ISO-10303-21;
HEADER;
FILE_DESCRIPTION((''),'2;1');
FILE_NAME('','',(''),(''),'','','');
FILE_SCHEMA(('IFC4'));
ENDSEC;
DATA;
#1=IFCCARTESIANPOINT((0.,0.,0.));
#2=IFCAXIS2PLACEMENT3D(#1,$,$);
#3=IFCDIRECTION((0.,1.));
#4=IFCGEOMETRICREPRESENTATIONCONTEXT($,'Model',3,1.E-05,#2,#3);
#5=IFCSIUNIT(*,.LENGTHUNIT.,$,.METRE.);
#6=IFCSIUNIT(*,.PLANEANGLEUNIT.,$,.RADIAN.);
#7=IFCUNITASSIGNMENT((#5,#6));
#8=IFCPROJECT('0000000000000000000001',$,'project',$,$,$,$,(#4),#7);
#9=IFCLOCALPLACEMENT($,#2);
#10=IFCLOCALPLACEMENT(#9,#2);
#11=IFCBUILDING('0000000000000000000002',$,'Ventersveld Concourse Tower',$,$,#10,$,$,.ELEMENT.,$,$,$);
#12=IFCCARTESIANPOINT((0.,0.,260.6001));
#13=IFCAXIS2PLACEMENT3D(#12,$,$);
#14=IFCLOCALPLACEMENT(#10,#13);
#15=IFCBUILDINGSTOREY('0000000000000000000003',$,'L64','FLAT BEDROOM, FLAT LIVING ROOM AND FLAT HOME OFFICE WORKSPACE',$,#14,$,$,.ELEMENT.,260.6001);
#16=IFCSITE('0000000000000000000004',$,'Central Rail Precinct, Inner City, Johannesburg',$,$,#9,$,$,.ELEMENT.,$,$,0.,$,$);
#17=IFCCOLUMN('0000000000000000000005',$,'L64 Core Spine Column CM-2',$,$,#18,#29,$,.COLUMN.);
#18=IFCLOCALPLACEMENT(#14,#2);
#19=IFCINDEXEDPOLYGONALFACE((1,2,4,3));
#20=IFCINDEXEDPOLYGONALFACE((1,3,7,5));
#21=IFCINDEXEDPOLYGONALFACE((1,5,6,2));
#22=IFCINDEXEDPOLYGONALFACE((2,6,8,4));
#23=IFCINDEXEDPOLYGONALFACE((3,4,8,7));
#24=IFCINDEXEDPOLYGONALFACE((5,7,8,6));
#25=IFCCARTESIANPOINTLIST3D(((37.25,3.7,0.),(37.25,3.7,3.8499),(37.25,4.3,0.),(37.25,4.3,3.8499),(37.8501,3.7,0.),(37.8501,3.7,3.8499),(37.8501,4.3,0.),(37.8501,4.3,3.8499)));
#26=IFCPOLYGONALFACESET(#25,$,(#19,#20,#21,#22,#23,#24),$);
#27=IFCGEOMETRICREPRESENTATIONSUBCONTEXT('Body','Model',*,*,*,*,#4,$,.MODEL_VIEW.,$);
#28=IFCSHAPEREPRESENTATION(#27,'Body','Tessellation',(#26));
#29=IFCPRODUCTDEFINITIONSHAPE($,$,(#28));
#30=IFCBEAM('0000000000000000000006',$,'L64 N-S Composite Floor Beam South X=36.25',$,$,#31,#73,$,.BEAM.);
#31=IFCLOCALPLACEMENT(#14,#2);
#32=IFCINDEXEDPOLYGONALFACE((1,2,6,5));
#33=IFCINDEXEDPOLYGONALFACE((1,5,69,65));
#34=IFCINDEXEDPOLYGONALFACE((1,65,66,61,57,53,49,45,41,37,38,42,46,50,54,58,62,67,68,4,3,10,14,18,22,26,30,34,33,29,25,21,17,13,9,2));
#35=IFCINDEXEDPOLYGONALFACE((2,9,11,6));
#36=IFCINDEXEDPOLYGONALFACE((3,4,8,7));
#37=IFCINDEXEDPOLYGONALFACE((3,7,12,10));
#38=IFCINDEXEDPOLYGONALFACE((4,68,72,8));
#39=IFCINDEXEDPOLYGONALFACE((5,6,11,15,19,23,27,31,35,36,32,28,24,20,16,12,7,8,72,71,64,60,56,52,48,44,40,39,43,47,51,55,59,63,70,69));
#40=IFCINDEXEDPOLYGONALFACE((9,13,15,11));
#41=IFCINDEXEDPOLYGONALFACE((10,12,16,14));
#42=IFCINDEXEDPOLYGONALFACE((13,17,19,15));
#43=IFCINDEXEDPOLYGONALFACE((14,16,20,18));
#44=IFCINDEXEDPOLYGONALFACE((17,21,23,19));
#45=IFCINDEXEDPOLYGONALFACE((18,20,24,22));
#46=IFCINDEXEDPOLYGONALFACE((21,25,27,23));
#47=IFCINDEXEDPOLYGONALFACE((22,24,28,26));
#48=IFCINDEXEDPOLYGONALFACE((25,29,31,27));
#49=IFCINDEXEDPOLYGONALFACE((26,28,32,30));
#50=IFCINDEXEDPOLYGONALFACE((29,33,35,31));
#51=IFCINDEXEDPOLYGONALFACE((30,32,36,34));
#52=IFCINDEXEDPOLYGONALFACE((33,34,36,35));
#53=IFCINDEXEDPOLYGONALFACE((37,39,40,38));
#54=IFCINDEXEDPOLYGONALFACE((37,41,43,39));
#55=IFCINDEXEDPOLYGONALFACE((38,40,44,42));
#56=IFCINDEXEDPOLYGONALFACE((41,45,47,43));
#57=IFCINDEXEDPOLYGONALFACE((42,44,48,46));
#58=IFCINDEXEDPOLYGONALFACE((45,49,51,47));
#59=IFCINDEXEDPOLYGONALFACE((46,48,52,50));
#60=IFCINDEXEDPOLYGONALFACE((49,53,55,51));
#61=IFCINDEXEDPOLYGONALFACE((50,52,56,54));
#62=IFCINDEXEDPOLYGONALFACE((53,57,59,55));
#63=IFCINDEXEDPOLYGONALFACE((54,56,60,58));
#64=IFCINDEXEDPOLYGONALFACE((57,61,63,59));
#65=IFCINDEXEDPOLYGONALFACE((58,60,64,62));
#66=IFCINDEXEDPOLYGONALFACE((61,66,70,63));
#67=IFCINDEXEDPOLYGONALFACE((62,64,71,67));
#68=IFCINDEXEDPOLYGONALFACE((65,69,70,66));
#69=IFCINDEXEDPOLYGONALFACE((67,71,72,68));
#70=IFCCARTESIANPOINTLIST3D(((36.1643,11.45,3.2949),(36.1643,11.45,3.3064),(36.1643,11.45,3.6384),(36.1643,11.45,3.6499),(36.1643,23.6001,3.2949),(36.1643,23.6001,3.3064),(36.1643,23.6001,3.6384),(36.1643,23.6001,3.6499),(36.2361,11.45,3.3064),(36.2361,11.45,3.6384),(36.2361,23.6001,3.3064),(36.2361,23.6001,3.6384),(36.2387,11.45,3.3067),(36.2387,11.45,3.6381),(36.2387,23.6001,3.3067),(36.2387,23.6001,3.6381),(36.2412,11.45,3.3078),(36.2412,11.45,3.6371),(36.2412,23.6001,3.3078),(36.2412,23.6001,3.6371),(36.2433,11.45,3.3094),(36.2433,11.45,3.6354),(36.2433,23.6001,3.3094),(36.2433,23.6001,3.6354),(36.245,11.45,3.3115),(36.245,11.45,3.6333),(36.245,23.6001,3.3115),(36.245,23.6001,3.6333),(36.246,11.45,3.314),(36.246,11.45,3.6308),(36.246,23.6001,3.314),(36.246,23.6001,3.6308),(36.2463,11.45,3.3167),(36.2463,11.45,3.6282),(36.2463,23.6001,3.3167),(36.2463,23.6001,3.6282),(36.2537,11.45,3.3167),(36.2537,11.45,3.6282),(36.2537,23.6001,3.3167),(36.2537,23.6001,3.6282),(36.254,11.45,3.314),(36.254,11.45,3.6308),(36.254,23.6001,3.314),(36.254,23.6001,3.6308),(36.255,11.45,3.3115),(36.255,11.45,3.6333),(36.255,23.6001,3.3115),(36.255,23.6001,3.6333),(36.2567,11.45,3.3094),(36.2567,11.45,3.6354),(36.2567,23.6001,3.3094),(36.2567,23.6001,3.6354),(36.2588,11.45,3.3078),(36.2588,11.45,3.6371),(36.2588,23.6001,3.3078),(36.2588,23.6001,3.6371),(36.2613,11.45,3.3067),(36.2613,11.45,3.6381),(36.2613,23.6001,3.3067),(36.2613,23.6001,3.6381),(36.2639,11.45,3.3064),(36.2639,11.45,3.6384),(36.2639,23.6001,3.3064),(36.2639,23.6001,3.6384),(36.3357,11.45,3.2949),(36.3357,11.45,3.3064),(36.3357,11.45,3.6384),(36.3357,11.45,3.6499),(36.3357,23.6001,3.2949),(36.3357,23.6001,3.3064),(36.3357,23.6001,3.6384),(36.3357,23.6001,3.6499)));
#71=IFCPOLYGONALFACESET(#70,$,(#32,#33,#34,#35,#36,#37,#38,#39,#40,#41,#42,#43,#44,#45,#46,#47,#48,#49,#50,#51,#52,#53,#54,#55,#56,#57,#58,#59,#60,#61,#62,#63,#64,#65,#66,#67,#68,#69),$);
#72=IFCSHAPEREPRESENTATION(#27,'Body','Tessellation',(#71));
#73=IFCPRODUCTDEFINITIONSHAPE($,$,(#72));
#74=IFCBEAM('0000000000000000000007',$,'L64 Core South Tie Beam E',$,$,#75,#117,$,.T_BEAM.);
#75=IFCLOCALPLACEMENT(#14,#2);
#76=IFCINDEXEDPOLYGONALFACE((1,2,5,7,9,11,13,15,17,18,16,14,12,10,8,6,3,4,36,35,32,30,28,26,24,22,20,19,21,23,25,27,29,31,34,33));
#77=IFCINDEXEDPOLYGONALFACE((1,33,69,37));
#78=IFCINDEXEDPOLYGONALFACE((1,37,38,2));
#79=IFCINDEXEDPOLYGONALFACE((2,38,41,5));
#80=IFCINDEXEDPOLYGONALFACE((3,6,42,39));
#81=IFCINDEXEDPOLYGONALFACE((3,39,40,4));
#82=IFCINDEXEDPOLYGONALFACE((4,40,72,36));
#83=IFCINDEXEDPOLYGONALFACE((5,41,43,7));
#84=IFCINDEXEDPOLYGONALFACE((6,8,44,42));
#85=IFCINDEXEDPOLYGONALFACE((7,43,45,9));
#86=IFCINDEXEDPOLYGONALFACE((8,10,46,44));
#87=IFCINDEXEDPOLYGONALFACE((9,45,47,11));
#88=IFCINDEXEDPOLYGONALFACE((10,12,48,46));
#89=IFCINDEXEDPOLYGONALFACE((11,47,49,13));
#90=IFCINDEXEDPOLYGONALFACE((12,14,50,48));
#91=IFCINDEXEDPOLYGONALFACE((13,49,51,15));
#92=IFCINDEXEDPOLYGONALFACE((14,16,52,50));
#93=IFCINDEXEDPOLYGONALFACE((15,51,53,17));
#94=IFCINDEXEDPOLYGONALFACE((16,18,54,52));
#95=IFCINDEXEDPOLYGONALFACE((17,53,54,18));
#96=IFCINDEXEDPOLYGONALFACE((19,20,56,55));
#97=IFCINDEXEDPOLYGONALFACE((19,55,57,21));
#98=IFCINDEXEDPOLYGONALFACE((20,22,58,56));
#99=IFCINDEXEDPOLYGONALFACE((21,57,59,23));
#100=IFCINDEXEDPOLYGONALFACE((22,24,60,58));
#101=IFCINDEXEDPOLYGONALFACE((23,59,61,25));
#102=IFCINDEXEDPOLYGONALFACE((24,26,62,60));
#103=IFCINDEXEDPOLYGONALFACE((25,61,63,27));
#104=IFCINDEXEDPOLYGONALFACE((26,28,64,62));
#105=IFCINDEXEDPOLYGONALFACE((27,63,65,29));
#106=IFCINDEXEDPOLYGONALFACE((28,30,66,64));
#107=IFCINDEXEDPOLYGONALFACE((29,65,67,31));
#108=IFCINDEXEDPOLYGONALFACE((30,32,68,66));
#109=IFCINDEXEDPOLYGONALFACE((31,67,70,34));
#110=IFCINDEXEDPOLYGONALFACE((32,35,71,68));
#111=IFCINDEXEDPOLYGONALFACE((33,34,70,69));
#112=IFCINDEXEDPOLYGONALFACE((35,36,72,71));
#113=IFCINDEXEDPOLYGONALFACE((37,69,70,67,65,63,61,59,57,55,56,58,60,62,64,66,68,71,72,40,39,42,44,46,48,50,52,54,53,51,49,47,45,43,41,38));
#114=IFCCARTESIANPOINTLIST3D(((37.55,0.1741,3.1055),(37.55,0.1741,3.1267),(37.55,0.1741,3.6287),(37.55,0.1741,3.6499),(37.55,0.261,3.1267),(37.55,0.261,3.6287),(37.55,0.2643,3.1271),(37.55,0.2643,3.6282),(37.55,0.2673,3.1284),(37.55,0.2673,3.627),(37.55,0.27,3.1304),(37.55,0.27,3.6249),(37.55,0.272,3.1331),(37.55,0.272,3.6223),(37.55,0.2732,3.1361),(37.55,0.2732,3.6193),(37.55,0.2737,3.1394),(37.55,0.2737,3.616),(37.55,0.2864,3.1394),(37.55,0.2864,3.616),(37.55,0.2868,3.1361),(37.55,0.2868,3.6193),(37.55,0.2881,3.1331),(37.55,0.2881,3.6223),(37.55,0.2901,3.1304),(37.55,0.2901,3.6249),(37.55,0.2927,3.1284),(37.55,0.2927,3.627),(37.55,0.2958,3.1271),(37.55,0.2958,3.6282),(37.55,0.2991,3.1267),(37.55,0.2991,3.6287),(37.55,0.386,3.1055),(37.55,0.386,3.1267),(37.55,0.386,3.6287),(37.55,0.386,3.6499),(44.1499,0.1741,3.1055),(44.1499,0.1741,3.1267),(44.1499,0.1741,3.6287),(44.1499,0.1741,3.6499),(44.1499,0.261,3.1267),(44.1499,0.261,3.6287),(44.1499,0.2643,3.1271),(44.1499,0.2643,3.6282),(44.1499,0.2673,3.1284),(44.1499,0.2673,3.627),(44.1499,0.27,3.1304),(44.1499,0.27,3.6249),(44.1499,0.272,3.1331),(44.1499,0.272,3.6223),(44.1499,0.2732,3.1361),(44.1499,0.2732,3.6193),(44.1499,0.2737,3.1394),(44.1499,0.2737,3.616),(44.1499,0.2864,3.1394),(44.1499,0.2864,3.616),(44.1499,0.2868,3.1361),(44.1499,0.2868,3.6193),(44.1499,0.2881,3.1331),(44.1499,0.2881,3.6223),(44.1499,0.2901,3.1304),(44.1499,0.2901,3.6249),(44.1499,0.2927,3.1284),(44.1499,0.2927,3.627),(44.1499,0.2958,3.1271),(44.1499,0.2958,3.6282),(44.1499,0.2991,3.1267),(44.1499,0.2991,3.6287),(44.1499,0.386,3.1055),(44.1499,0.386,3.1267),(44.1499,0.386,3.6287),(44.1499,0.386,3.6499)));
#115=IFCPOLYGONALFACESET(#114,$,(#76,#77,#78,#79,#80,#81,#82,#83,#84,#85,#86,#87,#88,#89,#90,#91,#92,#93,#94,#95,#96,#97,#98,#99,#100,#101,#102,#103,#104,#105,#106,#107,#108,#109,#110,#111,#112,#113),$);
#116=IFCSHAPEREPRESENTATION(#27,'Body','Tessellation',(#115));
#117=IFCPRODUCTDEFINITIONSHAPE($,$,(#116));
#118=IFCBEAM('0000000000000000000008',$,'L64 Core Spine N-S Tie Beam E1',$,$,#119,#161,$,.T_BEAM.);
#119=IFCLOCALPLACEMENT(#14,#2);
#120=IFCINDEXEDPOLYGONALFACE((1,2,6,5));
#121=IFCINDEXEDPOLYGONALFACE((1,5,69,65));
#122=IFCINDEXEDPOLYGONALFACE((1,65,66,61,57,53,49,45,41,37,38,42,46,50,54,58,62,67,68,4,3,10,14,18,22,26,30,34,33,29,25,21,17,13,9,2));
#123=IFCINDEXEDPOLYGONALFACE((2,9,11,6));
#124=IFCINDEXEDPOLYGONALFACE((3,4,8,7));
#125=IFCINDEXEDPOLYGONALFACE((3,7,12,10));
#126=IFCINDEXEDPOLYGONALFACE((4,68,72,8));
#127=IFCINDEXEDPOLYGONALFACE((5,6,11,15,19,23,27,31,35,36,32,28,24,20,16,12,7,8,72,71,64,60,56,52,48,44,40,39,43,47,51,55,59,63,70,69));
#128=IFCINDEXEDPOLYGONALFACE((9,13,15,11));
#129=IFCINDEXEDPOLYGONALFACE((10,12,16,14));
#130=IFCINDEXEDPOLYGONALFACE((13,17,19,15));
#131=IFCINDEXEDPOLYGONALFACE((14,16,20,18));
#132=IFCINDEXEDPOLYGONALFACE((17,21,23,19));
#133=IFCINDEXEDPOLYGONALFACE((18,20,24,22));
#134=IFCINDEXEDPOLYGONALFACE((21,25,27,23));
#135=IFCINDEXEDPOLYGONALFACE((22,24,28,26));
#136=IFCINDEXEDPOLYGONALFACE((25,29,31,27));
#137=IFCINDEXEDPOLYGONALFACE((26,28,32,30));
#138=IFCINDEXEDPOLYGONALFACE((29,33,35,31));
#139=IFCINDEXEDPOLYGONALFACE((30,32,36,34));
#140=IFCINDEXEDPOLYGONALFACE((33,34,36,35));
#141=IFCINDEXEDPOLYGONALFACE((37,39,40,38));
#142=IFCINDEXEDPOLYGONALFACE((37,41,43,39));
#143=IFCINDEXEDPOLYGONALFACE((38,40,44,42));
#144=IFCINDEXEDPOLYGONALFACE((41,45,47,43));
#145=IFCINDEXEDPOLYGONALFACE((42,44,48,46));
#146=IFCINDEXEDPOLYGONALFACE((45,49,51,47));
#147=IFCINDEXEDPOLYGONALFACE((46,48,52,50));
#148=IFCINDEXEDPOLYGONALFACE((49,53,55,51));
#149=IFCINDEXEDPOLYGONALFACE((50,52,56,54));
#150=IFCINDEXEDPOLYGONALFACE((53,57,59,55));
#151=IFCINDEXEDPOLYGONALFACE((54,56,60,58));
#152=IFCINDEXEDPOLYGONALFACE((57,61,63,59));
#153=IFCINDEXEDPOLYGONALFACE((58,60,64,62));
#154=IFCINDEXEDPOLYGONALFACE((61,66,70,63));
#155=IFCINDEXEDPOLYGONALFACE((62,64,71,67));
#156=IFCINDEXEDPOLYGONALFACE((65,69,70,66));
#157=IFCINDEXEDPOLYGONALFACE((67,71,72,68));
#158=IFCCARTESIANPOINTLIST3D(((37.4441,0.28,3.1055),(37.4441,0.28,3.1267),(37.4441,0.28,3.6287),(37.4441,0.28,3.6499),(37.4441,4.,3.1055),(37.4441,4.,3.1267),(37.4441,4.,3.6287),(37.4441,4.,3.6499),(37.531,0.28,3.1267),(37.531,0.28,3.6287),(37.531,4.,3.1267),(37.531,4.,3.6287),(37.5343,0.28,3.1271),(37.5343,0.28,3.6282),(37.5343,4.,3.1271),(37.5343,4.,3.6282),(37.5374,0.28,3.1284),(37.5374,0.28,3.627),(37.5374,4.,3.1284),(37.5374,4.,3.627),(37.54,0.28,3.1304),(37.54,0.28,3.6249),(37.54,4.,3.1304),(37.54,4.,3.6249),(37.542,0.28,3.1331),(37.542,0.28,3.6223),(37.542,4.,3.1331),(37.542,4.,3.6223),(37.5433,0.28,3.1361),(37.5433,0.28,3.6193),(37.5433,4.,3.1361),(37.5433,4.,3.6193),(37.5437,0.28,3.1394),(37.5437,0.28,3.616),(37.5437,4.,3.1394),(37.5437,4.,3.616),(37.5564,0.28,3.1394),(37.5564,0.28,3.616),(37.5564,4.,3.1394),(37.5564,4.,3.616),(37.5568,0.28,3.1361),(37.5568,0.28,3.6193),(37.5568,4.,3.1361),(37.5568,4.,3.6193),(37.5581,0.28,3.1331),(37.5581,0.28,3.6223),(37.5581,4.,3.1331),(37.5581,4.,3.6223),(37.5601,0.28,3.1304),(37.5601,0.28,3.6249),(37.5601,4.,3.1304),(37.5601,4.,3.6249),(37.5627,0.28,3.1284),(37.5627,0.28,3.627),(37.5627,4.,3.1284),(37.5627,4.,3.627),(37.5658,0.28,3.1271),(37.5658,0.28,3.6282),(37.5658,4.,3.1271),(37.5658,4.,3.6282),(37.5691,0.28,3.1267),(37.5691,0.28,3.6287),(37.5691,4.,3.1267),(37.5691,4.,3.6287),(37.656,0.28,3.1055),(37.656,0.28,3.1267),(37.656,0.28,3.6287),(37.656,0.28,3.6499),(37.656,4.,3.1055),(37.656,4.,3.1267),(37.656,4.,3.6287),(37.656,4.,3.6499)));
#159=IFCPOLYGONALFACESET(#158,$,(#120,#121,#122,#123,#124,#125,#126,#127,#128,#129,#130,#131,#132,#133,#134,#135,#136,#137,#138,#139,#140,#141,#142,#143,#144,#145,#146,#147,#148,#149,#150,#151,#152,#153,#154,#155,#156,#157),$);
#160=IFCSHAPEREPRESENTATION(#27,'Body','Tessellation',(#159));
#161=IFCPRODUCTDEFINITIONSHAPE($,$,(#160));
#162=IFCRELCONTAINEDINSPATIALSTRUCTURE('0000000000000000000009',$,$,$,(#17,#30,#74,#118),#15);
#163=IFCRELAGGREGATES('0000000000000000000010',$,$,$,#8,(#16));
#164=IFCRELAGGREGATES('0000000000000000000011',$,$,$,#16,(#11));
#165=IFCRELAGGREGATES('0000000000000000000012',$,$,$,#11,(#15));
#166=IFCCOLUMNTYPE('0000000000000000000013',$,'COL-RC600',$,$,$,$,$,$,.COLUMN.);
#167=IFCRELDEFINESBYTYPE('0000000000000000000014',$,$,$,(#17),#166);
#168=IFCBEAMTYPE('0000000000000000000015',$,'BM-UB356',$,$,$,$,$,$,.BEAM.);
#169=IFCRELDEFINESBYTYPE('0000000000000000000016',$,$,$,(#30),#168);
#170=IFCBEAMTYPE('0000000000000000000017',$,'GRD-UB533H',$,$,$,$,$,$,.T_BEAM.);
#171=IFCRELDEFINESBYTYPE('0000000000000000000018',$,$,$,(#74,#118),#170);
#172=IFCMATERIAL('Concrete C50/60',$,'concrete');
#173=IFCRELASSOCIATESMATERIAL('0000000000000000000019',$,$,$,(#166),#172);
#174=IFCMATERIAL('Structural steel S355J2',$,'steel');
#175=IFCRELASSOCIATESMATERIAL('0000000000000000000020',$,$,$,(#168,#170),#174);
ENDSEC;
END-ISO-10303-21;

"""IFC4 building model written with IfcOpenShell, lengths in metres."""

from ifc_helpers import new_model, si_unit, direction, frame, origin, origin_2d, place, context, subcontext, project, spatial, rectangle, i_section, extrude, material, material_profile, profile_set, type_object, element, save


model = new_model("IFC4")

# Units and contexts
model_context = context("Model", 3, precision=1e-05, world=origin(), true_north=direction((0.0, 1.0)))
body_context = subcontext(model_context, "Body", "Model", "MODEL_VIEW")
ifc_project = project(units=[si_unit("LENGTHUNIT", "METRE"), si_unit("PLANEANGLEUNIT", "RADIAN")], contexts=[model_context])

# Site, building, storey
site_placement = place(None, origin())
site = spatial("IfcSite", under=ifc_project, at=site_placement, Name="Central Rail Precinct, Inner City, Johannesburg", CompositionType="ELEMENT", RefElevation=0.0)
building_placement = place(site_placement, origin())
building = spatial("IfcBuilding", under=site, at=building_placement, Name="Ventersveld Concourse Tower", CompositionType="ELEMENT")
storey_placement = place(building_placement, frame((0.0, 0.0, 260.6001)))
storey = spatial("IfcBuildingStorey", under=building, at=storey_placement, Name="L64", Description="FLAT BEDROOM, FLAT LIVING ROOM AND FLAT HOME OFFICE WORKSPACE", CompositionType="ELEMENT", Elevation=260.6001)

# Column
ifc_material_1 = material(Name="Concrete C50/60", Category="concrete")
ifc_material_profile_1 = material_profile(ifc_material_1, rectangle(XDim=0.6001, YDim=0.6001, at=origin_2d()), Name="RC 600x600")
ifc_profile_set_1 = profile_set([ifc_material_profile_1], Name="Concrete C50/60")
column_type = type_object("IfcColumnType", Name="COL-RC600", PredefinedType="COLUMN", material=ifc_profile_set_1)
column_placement = place(storey_placement, frame((37.55, 4.0, 0.0), z_axis=(0.0, 0.0, 1.0), x_axis=(1.0, 0.0, 0.0)))
element("IfcColumn", 1, at=column_placement, inside=storey, type_object=column_type, Name="L64 Core Spine Column CM-2", PredefinedType="COLUMN", context=body_context, shape_type="SweptSolid", body=[
    extrude(rectangle(XDim=0.6001, YDim=0.6001, at=origin_2d()), origin(), (0.0, 0.0, 1.0), 3.8499),
])

# Beams
ifc_material_2 = material(Name="Structural steel S355J2", Category="steel")
ifc_material_profile_2 = material_profile(ifc_material_2, i_section(OverallWidth=0.1714, OverallDepth=0.355, WebThickness=0.0073, FlangeThickness=0.0115, FilletRadius=0.0103, at=origin_2d()), Name="UB 356x171x51")
ifc_profile_set_2 = profile_set([ifc_material_profile_2], Name="Structural steel S355J2")
beam_type_1 = type_object("IfcBeamType", Name="BM-UB356", PredefinedType="BEAM", material=ifc_profile_set_2)
beam_1_placement = place(storey_placement, frame((36.25, 11.45, 3.4724), z_axis=(0.0, 1.0, 0.0), x_axis=(-1.0, 0.0, 0.0)))
element("IfcBeam", 2, at=beam_1_placement, inside=storey, type_object=beam_type_1, Name="L64 N-S Composite Floor Beam South X=36.25", PredefinedType="BEAM", context=body_context, shape_type="SweptSolid", body=[
    extrude(i_section(OverallWidth=0.1714, OverallDepth=0.355, WebThickness=0.0073, FlangeThickness=0.0115, FilletRadius=0.0103, at=origin_2d()), origin(), (0.0, 0.0, 1.0), 12.1501),
])
ifc_material_profile_3 = material_profile(ifc_material_2, i_section(OverallWidth=0.2119, OverallDepth=0.5444, WebThickness=0.0127, FlangeThickness=0.0212, FilletRadius=0.0127, at=origin_2d()), Name="UB 533x210x122")
ifc_profile_set_3 = profile_set([ifc_material_profile_3], Name="Structural steel S355J2")
beam_type_2 = type_object("IfcBeamType", Name="GRD-UB533H", PredefinedType="T_BEAM", material=ifc_profile_set_3)
beam_2_placement = place(storey_placement, frame((37.55, 0.28, 3.3777), z_axis=(1.0, 0.0, 0.0), x_axis=(0.0, 1.0, 0.0)))
element("IfcBeam", 3, at=beam_2_placement, inside=storey, type_object=beam_type_2, Name="L64 Core South Tie Beam E", PredefinedType="T_BEAM", context=body_context, shape_type="SweptSolid", body=[
    extrude(i_section(OverallWidth=0.2119, OverallDepth=0.5444, WebThickness=0.0127, FlangeThickness=0.0212, FilletRadius=0.0127, at=origin_2d()), origin(), (0.0, 0.0, 1.0), 6.5999),
])
beam_3_placement = place(storey_placement, frame((37.55, 0.28, 3.3777), z_axis=(0.0, 1.0, 0.0), x_axis=(-1.0, 0.0, 0.0)))
element("IfcBeam", 4, at=beam_3_placement, inside=storey, type_object=beam_type_2, Name="L64 Core Spine N-S Tie Beam E1", PredefinedType="T_BEAM", context=body_context, shape_type="SweptSolid", body=[
    extrude(i_section(OverallWidth=0.2119, OverallDepth=0.5444, WebThickness=0.0127, FlangeThickness=0.0212, FilletRadius=0.0127, at=origin_2d()), origin(), (0.0, 0.0, 1.0), 3.72),
])

save(model, "model.ifc")
